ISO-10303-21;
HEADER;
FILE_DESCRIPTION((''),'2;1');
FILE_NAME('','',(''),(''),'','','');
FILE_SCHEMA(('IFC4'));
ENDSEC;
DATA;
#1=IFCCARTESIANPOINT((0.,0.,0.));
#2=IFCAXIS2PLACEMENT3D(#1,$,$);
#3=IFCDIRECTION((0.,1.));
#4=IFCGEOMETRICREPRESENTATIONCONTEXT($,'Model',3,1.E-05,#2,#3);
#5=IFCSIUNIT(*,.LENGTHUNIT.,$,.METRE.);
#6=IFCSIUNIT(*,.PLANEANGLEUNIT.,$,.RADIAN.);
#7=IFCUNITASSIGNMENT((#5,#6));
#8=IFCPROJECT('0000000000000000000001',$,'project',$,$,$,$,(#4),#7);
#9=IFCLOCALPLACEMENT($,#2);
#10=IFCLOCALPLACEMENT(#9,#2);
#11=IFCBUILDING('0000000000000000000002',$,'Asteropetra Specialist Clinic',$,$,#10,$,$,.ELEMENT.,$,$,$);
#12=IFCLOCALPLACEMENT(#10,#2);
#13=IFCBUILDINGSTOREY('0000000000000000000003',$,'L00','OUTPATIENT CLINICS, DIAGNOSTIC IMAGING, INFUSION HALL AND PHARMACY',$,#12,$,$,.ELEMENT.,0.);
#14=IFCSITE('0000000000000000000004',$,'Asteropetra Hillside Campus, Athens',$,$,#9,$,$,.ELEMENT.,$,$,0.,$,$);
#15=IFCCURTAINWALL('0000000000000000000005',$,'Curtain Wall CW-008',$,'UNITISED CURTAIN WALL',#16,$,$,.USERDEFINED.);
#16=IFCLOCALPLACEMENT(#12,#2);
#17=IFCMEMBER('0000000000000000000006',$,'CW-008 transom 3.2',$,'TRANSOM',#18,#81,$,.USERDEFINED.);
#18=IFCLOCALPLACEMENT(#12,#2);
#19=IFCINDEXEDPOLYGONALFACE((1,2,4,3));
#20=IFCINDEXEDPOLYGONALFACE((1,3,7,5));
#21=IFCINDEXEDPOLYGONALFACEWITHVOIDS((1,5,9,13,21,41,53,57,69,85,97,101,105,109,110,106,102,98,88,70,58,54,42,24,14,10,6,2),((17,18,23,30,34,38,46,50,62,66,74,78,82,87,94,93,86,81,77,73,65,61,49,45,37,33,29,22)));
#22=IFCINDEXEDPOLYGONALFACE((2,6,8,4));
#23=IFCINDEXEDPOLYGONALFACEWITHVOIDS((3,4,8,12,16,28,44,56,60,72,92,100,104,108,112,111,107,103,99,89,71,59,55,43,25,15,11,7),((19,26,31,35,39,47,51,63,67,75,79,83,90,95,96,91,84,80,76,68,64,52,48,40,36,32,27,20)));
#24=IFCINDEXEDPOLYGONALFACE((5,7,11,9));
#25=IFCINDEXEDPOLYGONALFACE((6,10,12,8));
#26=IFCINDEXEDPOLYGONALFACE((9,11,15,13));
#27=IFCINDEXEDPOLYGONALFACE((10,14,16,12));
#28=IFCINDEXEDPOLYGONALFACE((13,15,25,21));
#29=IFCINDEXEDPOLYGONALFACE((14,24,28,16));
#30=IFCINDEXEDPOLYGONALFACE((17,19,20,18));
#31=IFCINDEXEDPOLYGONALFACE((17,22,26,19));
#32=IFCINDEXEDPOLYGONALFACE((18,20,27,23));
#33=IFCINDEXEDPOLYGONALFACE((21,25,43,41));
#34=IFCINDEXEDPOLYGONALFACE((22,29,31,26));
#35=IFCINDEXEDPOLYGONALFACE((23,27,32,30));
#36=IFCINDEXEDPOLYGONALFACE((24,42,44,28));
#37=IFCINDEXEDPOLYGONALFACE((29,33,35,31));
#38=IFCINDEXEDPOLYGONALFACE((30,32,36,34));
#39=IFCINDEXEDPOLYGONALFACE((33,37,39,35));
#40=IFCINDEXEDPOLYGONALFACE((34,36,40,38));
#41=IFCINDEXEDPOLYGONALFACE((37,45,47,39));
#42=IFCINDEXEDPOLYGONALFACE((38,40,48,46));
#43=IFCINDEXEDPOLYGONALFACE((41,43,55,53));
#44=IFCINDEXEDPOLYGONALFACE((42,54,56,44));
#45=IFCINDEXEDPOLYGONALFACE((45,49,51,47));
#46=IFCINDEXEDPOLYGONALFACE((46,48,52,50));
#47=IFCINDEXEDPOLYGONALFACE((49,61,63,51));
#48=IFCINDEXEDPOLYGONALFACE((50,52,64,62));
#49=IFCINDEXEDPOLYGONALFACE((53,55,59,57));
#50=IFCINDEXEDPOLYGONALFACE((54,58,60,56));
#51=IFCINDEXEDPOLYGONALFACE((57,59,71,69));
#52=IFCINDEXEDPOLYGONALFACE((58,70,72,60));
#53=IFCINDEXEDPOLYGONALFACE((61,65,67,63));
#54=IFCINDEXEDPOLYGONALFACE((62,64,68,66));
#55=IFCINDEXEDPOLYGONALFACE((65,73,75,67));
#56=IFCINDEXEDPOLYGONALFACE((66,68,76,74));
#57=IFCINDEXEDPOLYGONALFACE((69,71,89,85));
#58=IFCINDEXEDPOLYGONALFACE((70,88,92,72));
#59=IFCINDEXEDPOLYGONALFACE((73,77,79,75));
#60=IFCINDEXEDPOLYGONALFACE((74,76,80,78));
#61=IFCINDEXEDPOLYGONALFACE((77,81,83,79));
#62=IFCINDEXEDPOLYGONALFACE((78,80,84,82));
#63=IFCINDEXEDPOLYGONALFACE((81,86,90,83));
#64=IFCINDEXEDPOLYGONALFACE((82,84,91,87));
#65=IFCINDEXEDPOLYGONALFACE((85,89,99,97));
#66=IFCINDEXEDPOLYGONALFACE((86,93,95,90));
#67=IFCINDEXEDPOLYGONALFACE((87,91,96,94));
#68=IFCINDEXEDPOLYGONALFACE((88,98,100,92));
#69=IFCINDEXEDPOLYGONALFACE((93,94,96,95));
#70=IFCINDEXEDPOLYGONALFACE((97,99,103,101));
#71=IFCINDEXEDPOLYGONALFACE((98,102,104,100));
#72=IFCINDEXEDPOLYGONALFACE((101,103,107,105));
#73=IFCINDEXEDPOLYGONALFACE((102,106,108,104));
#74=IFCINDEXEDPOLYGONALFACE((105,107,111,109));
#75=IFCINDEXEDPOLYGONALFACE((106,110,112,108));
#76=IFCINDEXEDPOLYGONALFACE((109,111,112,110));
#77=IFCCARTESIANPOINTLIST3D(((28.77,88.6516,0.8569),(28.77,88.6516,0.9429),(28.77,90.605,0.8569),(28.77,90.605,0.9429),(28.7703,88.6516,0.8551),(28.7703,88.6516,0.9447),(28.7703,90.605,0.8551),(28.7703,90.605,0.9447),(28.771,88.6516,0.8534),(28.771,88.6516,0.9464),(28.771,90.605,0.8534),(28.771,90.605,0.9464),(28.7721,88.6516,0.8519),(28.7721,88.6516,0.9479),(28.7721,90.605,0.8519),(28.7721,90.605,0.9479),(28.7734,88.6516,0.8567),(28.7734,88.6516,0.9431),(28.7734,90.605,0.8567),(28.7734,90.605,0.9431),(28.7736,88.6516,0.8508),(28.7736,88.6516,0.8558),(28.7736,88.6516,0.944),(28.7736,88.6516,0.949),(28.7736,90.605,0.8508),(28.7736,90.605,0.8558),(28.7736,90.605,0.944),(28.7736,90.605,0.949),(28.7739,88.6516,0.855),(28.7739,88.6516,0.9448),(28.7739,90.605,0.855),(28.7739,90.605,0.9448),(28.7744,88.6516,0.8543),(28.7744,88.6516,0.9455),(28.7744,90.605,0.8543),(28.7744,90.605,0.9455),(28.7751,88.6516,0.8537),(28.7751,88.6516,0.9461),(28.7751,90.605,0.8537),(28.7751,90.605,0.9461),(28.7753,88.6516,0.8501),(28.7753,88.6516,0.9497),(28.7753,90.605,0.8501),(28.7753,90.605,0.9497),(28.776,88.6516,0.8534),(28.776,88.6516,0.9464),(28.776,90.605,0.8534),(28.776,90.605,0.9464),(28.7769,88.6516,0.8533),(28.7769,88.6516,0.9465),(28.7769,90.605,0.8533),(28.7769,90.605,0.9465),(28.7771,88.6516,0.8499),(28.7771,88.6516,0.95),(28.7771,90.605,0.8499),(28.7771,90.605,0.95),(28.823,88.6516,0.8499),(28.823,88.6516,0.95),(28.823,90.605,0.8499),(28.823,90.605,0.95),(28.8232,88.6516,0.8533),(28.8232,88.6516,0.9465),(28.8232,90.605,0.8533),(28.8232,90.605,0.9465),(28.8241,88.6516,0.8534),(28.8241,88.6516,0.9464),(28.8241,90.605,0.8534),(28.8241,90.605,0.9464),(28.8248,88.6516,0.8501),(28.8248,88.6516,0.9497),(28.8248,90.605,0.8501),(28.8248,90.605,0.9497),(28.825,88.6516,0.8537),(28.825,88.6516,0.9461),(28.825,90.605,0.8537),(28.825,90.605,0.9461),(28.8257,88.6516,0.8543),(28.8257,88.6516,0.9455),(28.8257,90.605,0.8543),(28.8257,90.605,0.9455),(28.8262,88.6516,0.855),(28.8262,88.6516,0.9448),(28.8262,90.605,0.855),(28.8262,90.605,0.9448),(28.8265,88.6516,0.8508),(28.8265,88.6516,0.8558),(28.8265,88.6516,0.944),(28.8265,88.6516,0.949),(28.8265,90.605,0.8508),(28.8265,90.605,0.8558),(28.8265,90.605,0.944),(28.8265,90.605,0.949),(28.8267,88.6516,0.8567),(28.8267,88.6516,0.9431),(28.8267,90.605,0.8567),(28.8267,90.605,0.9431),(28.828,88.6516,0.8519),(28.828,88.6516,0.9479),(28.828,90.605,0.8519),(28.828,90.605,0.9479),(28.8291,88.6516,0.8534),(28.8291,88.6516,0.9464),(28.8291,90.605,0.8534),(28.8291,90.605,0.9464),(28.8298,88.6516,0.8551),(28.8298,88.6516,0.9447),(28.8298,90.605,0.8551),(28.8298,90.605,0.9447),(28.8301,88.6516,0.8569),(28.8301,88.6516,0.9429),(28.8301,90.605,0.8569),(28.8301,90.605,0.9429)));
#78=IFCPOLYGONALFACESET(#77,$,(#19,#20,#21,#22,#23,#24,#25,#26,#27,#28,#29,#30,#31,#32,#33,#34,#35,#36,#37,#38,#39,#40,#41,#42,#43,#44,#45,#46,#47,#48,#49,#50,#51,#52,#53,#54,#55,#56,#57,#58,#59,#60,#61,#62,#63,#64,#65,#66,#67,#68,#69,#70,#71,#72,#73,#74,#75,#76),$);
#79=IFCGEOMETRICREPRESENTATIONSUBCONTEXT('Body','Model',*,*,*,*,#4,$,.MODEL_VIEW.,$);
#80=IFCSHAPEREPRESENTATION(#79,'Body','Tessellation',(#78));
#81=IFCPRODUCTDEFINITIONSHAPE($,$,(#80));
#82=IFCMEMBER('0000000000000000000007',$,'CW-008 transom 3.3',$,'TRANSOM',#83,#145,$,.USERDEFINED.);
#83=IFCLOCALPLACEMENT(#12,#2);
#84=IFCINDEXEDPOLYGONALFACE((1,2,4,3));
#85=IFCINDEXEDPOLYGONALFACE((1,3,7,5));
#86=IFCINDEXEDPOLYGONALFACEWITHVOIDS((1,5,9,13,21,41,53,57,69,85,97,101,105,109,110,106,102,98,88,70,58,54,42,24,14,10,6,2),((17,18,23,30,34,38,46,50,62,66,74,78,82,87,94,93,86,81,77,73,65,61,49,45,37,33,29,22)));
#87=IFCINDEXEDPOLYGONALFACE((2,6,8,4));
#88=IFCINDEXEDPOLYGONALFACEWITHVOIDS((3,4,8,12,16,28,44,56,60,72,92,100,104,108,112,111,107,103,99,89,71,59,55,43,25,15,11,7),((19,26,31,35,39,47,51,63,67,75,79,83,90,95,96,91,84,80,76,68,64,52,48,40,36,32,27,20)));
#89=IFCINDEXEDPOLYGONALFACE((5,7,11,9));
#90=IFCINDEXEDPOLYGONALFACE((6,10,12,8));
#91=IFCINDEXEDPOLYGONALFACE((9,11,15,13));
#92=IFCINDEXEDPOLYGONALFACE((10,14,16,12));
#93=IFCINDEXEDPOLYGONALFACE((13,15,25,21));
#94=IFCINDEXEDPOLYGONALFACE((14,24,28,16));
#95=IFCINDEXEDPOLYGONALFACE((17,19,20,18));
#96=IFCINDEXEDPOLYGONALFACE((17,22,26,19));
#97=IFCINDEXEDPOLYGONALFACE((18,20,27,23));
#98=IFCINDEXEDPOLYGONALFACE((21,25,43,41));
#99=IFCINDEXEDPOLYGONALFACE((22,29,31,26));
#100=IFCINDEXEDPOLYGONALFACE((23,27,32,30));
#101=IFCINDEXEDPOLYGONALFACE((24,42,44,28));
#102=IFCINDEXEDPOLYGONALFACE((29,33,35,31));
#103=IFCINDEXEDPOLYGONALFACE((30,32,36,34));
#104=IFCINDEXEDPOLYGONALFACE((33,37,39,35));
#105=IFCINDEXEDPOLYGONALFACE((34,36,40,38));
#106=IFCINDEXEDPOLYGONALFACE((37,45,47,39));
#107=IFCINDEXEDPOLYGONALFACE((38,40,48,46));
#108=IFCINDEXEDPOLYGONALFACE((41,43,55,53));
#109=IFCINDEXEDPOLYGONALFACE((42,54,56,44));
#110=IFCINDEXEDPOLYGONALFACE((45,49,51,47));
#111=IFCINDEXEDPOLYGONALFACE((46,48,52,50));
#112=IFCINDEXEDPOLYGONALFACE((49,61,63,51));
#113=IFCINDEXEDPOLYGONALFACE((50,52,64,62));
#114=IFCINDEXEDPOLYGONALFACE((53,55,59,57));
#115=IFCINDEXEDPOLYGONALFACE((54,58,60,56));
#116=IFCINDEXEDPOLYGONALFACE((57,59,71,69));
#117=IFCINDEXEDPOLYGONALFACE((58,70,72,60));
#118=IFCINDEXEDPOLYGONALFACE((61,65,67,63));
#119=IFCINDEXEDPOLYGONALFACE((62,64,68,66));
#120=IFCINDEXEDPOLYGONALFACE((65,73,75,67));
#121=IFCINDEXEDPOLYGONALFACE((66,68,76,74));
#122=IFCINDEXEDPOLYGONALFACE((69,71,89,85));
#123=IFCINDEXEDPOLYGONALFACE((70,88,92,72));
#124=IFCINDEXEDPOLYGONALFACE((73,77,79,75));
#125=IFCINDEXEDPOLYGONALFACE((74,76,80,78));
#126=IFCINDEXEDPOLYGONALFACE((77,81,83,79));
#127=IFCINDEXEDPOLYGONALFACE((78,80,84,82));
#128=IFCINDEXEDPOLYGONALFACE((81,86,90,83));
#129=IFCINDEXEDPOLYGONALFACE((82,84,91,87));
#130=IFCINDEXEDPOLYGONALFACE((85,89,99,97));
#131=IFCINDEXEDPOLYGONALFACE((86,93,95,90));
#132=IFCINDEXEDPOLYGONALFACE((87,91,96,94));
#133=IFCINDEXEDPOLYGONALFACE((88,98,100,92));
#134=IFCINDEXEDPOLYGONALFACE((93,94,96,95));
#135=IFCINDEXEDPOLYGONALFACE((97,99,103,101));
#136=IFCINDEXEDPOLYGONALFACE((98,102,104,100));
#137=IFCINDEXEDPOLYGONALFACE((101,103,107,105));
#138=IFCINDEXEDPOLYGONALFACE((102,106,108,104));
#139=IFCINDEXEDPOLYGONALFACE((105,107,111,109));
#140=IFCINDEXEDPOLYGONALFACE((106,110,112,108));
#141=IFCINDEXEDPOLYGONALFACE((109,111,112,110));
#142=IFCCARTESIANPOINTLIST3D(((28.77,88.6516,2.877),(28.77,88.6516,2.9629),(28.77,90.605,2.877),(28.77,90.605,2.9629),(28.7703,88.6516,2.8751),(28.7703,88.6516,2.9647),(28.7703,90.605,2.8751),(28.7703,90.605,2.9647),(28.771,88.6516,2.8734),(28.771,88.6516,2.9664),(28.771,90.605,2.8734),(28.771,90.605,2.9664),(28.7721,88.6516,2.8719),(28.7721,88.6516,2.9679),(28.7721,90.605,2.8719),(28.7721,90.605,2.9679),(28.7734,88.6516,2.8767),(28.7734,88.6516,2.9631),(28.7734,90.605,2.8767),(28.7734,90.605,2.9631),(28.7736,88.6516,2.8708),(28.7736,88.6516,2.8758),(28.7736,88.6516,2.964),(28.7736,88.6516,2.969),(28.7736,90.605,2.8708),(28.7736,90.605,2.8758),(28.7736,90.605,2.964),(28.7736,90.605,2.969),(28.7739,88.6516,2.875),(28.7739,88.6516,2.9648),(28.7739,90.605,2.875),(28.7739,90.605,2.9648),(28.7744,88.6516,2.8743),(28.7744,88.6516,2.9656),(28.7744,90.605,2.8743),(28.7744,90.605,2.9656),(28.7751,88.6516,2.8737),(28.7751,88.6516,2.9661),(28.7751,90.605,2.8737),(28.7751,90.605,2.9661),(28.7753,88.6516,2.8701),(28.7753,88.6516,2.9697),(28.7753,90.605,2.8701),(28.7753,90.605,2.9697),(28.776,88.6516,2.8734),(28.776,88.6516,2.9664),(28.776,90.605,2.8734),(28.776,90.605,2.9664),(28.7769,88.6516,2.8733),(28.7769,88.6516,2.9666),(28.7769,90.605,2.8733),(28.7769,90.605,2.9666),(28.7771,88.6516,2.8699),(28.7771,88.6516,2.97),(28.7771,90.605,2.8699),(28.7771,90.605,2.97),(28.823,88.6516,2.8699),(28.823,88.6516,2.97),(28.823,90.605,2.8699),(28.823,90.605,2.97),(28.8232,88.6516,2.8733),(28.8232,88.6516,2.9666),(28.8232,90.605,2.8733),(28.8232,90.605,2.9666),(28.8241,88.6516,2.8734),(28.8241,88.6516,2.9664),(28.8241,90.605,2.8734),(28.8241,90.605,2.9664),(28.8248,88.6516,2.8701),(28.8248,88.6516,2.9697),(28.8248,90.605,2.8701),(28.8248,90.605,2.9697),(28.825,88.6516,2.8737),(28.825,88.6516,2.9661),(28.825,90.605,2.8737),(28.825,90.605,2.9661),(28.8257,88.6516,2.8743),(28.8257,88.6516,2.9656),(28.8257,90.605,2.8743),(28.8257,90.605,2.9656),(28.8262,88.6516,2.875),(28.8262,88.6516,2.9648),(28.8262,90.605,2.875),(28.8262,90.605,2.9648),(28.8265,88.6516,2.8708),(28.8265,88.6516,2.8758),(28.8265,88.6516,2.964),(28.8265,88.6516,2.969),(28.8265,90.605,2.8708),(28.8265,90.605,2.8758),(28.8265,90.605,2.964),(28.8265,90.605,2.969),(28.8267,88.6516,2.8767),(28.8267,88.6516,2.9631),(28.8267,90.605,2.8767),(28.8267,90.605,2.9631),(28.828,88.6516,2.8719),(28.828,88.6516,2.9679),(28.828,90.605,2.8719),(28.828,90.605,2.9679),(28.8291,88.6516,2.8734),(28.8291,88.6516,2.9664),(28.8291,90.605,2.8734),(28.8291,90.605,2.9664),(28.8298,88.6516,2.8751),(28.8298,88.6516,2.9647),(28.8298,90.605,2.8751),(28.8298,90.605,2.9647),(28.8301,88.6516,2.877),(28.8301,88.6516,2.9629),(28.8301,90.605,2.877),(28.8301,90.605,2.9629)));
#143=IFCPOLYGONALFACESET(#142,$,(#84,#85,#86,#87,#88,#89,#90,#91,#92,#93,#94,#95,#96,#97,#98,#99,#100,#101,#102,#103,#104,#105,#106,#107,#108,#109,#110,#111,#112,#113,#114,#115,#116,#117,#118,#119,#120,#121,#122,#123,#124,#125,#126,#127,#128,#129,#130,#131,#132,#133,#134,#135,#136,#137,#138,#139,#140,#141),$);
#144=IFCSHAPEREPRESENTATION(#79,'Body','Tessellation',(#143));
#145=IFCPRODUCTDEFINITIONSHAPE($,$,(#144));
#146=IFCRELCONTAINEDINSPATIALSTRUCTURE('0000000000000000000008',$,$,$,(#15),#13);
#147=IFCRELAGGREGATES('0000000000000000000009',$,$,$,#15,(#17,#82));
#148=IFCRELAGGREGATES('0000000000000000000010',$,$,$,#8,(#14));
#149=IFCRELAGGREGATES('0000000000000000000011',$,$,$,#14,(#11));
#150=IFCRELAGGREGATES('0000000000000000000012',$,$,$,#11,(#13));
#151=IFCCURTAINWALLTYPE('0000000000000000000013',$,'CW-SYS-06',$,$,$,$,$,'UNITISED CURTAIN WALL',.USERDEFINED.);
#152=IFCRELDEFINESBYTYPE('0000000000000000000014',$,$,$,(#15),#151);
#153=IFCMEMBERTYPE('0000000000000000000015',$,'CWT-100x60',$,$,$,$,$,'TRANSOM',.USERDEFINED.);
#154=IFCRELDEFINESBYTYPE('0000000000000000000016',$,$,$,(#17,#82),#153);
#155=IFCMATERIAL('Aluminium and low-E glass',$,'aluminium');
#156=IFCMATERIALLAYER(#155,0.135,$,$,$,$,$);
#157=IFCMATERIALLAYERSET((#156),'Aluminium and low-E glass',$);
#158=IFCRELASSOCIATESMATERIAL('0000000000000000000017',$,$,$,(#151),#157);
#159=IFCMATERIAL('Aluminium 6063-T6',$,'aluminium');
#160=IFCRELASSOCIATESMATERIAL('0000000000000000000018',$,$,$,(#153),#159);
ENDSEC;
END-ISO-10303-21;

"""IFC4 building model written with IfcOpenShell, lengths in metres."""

from ifc_helpers import new_model, si_unit, direction, frame, origin, origin_2d, place, context, subcontext, project, spatial, hollow_rectangle, extrude, material, layer, layer_set, material_profile, profile_set, type_object, element, aggregate, save


model = new_model("IFC4")

# Units and contexts
model_context = context("Model", 3, precision=1e-05, world=origin(), true_north=direction((0.0, 1.0)))
body_context = subcontext(model_context, "Body", "Model", "MODEL_VIEW")
ifc_project = project(units=[si_unit("LENGTHUNIT", "METRE"), si_unit("PLANEANGLEUNIT", "RADIAN")], contexts=[model_context])

# Site, building, storey
site_placement = place(None, origin())
site = spatial("IfcSite", under=ifc_project, at=site_placement, Name="Asteropetra Hillside Campus, Athens", CompositionType="ELEMENT", RefElevation=0.0)
building_placement = place(site_placement, origin())
building = spatial("IfcBuilding", under=site, at=building_placement, Name="Asteropetra Specialist Clinic", CompositionType="ELEMENT")
storey_placement = place(building_placement, origin())
storey = spatial("IfcBuildingStorey", under=building, at=storey_placement, Name="L00", Description="OUTPATIENT CLINICS, DIAGNOSTIC IMAGING, INFUSION HALL AND PHARMACY", CompositionType="ELEMENT", Elevation=0.0)

# Curtain wall, members
ifc_material_1 = material(Name="Aluminium and low-E glass", Category="aluminium")
ifc_layer_1 = layer(ifc_material_1, 0.135)
ifc_layer_set_1 = layer_set([ifc_layer_1], Name="Aluminium and low-E glass")
curtain_wall_type = type_object("IfcCurtainWallType", Name="CW-SYS-06", ElementType="UNITISED CURTAIN WALL", PredefinedType="USERDEFINED", material=ifc_layer_set_1)
curtain_wall_placement = place(storey_placement, origin())
curtain_wall = element("IfcCurtainWall", 1, at=curtain_wall_placement, inside=storey, type_object=curtain_wall_type, Name="Curtain Wall CW-008", ObjectType="UNITISED CURTAIN WALL", PredefinedType="USERDEFINED")
ifc_material_2 = material(Name="Aluminium 6063-T6", Category="aluminium")
ifc_material_profile_1 = material_profile(ifc_material_2, hollow_rectangle(XDim=0.0601, YDim=0.1001, WallThickness=0.0034, InnerFilletRadius=0.0034, OuterFilletRadius=0.0071, at=origin_2d()), Name="TRN 100x60x3.5")
ifc_profile_set_1 = profile_set([ifc_material_profile_1], Name="Aluminium 6063-T6")
member_type_1 = type_object("IfcMemberType", Name="CWT-100x60", ElementType="TRANSOM", PredefinedType="USERDEFINED", material=ifc_profile_set_1)
member_1_placement = place(storey_placement, frame((28.8, 88.6516, 0.8999), z_axis=(0.0, 1.0, 0.0), x_axis=(-1.0, 0.0, 0.0)))
member_1 = element("IfcMember", 2, at=member_1_placement, type_object=member_type_1, Name="CW-008 transom 3.2", ObjectType="TRANSOM", PredefinedType="USERDEFINED", context=body_context, shape_type="SweptSolid", body=[
    extrude(hollow_rectangle(XDim=0.0601, YDim=0.1001, WallThickness=0.0034, InnerFilletRadius=0.0034, OuterFilletRadius=0.0071, at=origin_2d()), origin(), (0.0, 0.0, 1.0), 1.9534),
])
member_2_placement = place(storey_placement, frame((28.8, 88.6516, 2.9199), z_axis=(0.0, 1.0, 0.0), x_axis=(-1.0, 0.0, 0.0)))
member_2 = element("IfcMember", 3, at=member_2_placement, type_object=member_type_1, Name="CW-008 transom 3.3", ObjectType="TRANSOM", PredefinedType="USERDEFINED", context=body_context, shape_type="SweptSolid", body=[
    extrude(hollow_rectangle(XDim=0.0601, YDim=0.1001, WallThickness=0.0034, InnerFilletRadius=0.0034, OuterFilletRadius=0.0071, at=origin_2d()), origin(), (0.0, 0.0, 1.0), 1.9534),
])
aggregate(curtain_wall, [member_1, member_2])

save(model, "model.ifc")
